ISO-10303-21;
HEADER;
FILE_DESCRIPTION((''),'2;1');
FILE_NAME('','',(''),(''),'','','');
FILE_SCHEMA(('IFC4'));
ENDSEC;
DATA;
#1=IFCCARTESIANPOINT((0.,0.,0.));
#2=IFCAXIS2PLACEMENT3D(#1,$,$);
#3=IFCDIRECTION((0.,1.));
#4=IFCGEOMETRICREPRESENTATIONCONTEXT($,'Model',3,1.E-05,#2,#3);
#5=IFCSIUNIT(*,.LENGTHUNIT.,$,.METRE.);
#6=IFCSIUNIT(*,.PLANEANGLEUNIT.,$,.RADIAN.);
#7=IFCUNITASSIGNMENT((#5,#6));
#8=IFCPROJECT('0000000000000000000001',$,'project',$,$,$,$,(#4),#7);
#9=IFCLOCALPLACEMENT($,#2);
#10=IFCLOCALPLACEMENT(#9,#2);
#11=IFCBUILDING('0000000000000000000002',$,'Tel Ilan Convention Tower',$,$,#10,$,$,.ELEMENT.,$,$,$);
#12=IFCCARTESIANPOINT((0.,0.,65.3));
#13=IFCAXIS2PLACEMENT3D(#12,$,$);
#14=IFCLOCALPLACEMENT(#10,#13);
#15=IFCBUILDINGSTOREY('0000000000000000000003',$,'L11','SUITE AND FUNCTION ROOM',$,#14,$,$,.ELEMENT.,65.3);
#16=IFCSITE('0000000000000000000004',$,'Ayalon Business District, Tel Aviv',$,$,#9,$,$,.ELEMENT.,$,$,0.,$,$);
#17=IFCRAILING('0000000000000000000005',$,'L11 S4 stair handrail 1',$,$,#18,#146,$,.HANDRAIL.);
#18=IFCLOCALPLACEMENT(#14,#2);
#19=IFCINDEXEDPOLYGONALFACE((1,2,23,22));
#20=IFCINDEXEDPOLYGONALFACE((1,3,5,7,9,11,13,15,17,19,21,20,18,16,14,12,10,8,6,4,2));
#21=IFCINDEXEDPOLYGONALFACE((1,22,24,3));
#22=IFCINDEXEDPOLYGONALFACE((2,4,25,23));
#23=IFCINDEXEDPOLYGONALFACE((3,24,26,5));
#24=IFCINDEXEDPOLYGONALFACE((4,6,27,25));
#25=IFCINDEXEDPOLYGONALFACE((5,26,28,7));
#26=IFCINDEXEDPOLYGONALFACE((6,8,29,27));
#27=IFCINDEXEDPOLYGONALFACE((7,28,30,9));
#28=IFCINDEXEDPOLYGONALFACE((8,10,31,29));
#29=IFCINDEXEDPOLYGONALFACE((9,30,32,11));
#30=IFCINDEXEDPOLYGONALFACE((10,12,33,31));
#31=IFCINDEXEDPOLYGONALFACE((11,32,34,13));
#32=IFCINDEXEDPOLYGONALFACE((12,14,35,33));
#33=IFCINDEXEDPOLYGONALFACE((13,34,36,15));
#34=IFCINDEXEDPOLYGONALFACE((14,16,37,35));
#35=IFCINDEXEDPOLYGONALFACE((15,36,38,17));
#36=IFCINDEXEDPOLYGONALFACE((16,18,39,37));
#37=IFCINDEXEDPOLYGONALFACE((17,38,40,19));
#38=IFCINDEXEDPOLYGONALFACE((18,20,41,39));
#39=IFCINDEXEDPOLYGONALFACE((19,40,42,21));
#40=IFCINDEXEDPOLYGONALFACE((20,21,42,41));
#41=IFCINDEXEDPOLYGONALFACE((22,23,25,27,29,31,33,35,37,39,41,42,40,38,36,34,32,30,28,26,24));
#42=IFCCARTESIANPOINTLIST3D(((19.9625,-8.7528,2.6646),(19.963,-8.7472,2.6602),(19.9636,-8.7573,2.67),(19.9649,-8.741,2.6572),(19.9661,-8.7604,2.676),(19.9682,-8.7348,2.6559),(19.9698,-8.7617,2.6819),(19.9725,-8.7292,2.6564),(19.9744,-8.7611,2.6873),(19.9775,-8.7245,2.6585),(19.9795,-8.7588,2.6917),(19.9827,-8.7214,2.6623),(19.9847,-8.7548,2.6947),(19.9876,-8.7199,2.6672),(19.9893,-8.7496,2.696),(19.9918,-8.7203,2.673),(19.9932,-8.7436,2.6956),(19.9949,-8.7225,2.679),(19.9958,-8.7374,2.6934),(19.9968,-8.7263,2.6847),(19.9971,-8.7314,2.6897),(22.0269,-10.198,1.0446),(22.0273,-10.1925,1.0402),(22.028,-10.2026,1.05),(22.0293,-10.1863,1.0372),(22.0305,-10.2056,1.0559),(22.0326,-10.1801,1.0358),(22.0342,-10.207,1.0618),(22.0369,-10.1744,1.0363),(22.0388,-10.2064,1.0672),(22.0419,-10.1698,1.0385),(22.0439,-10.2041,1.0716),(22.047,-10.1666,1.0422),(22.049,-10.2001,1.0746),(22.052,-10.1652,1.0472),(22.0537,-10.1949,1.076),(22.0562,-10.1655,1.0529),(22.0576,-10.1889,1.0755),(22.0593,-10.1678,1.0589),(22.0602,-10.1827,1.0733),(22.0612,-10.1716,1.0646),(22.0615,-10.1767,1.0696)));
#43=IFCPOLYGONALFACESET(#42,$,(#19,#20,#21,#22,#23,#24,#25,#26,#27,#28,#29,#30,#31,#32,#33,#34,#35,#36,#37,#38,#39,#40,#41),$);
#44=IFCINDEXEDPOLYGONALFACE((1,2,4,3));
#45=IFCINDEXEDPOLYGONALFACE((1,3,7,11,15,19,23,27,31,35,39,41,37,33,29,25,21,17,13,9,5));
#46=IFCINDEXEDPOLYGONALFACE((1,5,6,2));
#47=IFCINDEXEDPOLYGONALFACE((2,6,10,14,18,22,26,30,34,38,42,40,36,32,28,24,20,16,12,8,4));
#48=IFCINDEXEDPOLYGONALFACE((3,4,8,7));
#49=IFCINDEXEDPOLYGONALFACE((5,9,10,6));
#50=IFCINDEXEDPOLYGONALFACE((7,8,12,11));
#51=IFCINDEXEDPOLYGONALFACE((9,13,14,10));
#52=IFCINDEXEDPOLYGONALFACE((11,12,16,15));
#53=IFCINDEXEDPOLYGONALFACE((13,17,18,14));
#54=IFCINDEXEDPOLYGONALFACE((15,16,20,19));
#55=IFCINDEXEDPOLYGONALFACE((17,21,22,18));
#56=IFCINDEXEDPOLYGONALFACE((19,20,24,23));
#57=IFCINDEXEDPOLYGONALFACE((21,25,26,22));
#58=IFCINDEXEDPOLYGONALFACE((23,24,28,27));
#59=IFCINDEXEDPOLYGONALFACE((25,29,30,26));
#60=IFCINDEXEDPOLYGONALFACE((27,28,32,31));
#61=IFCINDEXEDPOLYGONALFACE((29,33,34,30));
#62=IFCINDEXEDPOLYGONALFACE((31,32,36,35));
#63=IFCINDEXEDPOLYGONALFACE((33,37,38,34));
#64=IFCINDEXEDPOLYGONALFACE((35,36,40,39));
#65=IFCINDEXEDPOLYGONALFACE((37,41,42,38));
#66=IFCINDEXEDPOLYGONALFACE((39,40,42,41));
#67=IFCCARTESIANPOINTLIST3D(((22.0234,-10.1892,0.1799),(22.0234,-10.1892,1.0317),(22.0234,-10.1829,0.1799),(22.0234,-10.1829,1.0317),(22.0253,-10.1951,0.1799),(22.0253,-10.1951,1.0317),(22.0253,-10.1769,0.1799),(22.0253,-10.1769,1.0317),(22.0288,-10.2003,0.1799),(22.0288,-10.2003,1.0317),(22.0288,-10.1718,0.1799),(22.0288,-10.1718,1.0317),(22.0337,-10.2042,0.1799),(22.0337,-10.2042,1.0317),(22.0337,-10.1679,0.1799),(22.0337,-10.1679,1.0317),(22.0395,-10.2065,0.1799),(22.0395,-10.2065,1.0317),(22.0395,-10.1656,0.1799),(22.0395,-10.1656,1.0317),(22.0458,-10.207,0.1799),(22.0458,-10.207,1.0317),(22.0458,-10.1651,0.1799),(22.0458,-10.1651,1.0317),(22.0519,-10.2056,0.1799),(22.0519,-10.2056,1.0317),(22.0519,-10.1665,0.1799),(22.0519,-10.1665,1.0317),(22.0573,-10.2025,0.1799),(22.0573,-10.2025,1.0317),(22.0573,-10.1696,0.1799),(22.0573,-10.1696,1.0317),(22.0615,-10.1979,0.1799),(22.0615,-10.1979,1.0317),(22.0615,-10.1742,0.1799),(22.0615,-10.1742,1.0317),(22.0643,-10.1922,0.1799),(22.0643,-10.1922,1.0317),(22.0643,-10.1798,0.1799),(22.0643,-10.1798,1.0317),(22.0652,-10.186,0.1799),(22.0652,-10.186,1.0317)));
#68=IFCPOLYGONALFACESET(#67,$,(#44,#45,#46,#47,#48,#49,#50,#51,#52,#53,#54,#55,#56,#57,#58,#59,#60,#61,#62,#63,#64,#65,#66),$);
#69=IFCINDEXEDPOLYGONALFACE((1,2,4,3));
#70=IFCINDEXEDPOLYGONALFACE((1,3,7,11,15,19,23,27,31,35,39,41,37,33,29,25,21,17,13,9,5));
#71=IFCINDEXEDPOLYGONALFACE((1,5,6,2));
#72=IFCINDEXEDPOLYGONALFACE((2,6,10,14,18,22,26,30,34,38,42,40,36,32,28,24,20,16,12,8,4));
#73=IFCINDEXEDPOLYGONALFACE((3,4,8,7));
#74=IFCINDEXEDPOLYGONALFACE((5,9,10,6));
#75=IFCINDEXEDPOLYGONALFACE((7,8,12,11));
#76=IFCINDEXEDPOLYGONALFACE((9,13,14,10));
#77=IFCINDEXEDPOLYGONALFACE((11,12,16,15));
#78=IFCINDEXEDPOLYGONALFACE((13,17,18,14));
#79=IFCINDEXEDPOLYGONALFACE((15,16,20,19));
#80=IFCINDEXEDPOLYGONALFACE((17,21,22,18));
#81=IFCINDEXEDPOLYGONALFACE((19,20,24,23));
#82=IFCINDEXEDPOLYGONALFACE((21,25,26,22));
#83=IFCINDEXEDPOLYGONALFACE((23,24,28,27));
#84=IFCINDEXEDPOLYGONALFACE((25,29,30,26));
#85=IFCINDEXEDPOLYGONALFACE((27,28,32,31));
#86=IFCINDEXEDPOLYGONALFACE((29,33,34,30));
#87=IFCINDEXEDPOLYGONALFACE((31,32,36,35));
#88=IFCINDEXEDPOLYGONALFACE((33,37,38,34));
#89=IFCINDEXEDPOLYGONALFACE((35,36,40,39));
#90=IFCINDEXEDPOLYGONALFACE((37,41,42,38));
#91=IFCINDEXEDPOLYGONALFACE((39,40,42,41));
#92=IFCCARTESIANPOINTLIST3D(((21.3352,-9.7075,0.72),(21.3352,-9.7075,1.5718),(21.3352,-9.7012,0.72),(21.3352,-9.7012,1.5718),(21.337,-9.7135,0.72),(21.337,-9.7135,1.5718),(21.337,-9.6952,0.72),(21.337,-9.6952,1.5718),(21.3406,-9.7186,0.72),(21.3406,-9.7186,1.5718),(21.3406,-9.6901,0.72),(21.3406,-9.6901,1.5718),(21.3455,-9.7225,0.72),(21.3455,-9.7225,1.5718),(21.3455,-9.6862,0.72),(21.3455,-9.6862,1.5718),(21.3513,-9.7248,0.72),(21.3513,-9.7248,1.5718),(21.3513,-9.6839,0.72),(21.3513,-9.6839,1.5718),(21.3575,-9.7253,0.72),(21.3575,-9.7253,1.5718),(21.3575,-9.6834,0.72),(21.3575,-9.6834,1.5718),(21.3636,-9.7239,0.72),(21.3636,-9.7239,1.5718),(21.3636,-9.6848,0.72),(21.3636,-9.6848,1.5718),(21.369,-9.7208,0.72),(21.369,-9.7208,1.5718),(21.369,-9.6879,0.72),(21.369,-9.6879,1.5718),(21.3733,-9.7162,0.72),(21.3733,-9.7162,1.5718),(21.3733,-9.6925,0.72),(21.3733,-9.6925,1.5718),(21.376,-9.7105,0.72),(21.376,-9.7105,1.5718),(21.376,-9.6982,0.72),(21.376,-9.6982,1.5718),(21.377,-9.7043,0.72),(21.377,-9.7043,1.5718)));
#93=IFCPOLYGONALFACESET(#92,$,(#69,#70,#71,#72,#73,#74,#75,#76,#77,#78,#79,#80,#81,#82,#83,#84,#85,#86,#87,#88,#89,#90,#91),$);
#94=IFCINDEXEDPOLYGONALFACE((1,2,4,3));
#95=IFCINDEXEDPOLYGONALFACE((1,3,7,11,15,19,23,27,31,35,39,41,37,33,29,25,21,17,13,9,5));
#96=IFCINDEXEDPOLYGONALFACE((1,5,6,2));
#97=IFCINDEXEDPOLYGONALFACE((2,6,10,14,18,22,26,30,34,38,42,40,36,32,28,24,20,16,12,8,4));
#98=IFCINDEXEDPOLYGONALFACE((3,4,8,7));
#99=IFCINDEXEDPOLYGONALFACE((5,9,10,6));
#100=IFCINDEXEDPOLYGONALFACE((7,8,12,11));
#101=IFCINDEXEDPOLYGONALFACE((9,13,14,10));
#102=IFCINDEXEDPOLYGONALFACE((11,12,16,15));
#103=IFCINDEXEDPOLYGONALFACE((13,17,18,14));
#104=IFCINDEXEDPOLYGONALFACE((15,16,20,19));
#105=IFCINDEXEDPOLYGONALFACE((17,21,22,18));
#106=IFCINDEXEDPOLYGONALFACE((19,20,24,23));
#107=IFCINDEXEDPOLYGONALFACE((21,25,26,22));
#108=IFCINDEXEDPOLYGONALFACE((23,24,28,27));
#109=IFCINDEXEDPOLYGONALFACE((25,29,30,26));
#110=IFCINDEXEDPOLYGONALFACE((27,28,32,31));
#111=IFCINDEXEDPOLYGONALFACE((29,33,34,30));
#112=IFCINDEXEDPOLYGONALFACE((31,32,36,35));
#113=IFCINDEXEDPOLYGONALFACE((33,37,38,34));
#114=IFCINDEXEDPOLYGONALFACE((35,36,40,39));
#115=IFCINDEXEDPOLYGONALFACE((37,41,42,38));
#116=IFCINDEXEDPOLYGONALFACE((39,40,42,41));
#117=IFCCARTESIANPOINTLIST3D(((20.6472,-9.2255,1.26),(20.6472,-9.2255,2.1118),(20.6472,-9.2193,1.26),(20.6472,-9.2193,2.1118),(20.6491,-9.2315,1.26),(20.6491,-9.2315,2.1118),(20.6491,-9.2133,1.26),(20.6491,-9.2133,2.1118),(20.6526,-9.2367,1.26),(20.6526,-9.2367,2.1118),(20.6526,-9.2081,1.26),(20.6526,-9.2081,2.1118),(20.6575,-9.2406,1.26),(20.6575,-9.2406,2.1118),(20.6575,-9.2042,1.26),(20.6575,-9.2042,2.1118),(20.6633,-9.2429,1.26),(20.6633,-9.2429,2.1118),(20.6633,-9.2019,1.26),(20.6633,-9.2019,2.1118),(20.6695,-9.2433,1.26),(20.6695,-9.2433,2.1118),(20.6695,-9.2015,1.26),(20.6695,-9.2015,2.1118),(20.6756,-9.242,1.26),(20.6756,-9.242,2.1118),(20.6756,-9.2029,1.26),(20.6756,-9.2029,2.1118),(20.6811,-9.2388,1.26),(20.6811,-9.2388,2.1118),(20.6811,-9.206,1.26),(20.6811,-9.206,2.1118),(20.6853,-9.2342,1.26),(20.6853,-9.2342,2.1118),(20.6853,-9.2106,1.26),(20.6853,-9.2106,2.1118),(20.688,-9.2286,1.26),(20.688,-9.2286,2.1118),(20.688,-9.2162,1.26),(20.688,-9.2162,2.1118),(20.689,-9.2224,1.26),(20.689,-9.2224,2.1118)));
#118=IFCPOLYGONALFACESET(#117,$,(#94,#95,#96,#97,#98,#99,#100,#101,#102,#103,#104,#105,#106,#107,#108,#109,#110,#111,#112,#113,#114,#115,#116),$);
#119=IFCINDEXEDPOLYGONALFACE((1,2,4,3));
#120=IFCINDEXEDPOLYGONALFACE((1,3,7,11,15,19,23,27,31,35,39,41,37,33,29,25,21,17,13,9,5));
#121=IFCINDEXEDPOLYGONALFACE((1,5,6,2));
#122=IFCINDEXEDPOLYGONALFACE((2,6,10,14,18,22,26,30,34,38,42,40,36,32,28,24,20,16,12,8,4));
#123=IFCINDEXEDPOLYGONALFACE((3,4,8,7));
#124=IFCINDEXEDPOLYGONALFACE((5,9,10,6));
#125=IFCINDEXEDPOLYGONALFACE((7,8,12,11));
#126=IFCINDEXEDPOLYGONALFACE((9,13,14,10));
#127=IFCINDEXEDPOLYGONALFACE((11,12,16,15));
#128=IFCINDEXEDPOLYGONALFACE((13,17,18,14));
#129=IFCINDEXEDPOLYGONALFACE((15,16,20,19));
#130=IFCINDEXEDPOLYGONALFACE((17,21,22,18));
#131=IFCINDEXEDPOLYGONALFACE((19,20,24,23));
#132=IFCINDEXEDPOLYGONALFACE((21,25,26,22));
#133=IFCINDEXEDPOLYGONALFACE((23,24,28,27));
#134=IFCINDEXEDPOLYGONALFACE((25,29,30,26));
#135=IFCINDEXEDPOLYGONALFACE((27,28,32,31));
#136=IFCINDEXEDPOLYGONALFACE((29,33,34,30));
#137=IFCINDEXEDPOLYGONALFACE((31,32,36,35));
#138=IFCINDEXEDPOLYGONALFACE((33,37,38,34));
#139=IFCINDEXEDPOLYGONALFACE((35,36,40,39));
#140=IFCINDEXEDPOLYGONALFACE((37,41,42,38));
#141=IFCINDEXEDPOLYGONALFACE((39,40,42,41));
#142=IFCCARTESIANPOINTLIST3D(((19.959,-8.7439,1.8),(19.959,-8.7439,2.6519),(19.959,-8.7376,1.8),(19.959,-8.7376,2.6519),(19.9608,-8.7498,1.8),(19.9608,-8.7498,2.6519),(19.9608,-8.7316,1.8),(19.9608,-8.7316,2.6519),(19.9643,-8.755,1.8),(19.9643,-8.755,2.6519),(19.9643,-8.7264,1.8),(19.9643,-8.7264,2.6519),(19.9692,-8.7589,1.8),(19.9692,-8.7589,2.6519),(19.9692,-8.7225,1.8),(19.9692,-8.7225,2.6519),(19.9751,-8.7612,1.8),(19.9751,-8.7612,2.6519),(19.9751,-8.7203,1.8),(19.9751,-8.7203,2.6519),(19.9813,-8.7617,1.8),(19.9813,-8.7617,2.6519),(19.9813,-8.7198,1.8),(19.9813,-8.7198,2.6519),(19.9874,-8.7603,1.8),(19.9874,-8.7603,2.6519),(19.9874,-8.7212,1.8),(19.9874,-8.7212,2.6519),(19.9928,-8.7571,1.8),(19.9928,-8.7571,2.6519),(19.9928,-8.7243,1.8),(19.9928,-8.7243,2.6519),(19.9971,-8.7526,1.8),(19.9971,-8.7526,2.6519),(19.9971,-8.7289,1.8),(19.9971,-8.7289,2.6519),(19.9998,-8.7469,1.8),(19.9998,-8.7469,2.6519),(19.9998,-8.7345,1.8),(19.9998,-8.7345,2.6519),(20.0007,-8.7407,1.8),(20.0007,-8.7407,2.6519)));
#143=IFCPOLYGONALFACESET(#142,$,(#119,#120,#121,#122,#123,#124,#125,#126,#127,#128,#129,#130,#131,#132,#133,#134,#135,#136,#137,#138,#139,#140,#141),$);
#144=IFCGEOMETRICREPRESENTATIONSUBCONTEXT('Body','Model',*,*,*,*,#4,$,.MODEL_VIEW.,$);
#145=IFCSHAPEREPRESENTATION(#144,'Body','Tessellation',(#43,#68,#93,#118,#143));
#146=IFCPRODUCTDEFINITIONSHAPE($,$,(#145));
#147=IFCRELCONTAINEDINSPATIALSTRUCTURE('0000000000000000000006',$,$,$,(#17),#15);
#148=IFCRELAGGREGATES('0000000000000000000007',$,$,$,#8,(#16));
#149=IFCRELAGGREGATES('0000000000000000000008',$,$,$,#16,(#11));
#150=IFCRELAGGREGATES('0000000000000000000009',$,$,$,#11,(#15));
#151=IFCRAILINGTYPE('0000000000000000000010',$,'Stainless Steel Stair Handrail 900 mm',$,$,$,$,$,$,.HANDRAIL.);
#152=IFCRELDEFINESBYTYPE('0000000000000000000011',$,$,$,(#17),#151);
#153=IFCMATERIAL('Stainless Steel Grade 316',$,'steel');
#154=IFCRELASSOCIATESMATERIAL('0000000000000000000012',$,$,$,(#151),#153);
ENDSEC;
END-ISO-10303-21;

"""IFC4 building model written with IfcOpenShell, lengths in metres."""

from ifc_helpers import new_model, si_unit, direction, frame, origin, origin_2d, place, context, subcontext, project, spatial, circle, extrude, material, type_object, element, save


model = new_model("IFC4")

# Units and contexts
model_context = context("Model", 3, precision=1e-05, world=origin(), true_north=direction((0.0, 1.0)))
body_context = subcontext(model_context, "Body", "Model", "MODEL_VIEW")
ifc_project = project(units=[si_unit("LENGTHUNIT", "METRE"), si_unit("PLANEANGLEUNIT", "RADIAN")], contexts=[model_context])

# Site, building, storey
site_placement = place(None, origin())
site = spatial("IfcSite", under=ifc_project, at=site_placement, Name="Ayalon Business District, Tel Aviv", CompositionType="ELEMENT", RefElevation=0.0)
building_placement = place(site_placement, origin())
building = spatial("IfcBuilding", under=site, at=building_placement, Name="Tel Ilan Convention Tower", CompositionType="ELEMENT")
storey_placement = place(building_placement, frame((0.0, 0.0, 65.3)))
storey = spatial("IfcBuildingStorey", under=building, at=storey_placement, Name="L11", Description="SUITE AND FUNCTION ROOM", CompositionType="ELEMENT", Elevation=65.3)

# Railing
ifc_material_1 = material(Name="Stainless Steel Grade 316", Category="steel")
railing_type_1 = type_object("IfcRailingType", Name="Stainless Steel Stair Handrail 900 mm", PredefinedType="HANDRAIL", material=ifc_material_1)
railing_1_placement = place(storey_placement, frame((22.0442, -10.186, 0.1799)))
element("IfcRailing", 1, at=railing_1_placement, inside=storey, type_object=railing_type_1, Name="L11 S4 stair handrail 1", PredefinedType="HANDRAIL", context=body_context, shape_type="SweptSolid", body=[
    extrude(circle(Radius=0.0239, at=origin_2d()), frame((0.0, 0.0, 0.876), z_axis=(-0.689083, 0.482423, 0.54077), x_axis=(-0.573514, -0.819196, 0.0)), (0.0, 0.0, 1.0), 2.9958),
    extrude(circle(Radius=0.021, at=origin_2d()), origin(), (0.0, 0.0, 1.0), 0.8518),
    extrude(circle(Radius=0.021, at=origin_2d()), frame((-0.6882, 0.4817, 0.54)), (0.0, 0.0, 1.0), 0.8518),
    extrude(circle(Radius=0.021, at=origin_2d()), frame((-1.3762, 0.9636, 1.0801)), (0.0, 0.0, 1.0), 0.8518),
    extrude(circle(Radius=0.021, at=origin_2d()), frame((-2.0645, 1.4453, 1.6201)), (0.0, 0.0, 1.0), 0.8518),
])

save(model, "model.ifc")
